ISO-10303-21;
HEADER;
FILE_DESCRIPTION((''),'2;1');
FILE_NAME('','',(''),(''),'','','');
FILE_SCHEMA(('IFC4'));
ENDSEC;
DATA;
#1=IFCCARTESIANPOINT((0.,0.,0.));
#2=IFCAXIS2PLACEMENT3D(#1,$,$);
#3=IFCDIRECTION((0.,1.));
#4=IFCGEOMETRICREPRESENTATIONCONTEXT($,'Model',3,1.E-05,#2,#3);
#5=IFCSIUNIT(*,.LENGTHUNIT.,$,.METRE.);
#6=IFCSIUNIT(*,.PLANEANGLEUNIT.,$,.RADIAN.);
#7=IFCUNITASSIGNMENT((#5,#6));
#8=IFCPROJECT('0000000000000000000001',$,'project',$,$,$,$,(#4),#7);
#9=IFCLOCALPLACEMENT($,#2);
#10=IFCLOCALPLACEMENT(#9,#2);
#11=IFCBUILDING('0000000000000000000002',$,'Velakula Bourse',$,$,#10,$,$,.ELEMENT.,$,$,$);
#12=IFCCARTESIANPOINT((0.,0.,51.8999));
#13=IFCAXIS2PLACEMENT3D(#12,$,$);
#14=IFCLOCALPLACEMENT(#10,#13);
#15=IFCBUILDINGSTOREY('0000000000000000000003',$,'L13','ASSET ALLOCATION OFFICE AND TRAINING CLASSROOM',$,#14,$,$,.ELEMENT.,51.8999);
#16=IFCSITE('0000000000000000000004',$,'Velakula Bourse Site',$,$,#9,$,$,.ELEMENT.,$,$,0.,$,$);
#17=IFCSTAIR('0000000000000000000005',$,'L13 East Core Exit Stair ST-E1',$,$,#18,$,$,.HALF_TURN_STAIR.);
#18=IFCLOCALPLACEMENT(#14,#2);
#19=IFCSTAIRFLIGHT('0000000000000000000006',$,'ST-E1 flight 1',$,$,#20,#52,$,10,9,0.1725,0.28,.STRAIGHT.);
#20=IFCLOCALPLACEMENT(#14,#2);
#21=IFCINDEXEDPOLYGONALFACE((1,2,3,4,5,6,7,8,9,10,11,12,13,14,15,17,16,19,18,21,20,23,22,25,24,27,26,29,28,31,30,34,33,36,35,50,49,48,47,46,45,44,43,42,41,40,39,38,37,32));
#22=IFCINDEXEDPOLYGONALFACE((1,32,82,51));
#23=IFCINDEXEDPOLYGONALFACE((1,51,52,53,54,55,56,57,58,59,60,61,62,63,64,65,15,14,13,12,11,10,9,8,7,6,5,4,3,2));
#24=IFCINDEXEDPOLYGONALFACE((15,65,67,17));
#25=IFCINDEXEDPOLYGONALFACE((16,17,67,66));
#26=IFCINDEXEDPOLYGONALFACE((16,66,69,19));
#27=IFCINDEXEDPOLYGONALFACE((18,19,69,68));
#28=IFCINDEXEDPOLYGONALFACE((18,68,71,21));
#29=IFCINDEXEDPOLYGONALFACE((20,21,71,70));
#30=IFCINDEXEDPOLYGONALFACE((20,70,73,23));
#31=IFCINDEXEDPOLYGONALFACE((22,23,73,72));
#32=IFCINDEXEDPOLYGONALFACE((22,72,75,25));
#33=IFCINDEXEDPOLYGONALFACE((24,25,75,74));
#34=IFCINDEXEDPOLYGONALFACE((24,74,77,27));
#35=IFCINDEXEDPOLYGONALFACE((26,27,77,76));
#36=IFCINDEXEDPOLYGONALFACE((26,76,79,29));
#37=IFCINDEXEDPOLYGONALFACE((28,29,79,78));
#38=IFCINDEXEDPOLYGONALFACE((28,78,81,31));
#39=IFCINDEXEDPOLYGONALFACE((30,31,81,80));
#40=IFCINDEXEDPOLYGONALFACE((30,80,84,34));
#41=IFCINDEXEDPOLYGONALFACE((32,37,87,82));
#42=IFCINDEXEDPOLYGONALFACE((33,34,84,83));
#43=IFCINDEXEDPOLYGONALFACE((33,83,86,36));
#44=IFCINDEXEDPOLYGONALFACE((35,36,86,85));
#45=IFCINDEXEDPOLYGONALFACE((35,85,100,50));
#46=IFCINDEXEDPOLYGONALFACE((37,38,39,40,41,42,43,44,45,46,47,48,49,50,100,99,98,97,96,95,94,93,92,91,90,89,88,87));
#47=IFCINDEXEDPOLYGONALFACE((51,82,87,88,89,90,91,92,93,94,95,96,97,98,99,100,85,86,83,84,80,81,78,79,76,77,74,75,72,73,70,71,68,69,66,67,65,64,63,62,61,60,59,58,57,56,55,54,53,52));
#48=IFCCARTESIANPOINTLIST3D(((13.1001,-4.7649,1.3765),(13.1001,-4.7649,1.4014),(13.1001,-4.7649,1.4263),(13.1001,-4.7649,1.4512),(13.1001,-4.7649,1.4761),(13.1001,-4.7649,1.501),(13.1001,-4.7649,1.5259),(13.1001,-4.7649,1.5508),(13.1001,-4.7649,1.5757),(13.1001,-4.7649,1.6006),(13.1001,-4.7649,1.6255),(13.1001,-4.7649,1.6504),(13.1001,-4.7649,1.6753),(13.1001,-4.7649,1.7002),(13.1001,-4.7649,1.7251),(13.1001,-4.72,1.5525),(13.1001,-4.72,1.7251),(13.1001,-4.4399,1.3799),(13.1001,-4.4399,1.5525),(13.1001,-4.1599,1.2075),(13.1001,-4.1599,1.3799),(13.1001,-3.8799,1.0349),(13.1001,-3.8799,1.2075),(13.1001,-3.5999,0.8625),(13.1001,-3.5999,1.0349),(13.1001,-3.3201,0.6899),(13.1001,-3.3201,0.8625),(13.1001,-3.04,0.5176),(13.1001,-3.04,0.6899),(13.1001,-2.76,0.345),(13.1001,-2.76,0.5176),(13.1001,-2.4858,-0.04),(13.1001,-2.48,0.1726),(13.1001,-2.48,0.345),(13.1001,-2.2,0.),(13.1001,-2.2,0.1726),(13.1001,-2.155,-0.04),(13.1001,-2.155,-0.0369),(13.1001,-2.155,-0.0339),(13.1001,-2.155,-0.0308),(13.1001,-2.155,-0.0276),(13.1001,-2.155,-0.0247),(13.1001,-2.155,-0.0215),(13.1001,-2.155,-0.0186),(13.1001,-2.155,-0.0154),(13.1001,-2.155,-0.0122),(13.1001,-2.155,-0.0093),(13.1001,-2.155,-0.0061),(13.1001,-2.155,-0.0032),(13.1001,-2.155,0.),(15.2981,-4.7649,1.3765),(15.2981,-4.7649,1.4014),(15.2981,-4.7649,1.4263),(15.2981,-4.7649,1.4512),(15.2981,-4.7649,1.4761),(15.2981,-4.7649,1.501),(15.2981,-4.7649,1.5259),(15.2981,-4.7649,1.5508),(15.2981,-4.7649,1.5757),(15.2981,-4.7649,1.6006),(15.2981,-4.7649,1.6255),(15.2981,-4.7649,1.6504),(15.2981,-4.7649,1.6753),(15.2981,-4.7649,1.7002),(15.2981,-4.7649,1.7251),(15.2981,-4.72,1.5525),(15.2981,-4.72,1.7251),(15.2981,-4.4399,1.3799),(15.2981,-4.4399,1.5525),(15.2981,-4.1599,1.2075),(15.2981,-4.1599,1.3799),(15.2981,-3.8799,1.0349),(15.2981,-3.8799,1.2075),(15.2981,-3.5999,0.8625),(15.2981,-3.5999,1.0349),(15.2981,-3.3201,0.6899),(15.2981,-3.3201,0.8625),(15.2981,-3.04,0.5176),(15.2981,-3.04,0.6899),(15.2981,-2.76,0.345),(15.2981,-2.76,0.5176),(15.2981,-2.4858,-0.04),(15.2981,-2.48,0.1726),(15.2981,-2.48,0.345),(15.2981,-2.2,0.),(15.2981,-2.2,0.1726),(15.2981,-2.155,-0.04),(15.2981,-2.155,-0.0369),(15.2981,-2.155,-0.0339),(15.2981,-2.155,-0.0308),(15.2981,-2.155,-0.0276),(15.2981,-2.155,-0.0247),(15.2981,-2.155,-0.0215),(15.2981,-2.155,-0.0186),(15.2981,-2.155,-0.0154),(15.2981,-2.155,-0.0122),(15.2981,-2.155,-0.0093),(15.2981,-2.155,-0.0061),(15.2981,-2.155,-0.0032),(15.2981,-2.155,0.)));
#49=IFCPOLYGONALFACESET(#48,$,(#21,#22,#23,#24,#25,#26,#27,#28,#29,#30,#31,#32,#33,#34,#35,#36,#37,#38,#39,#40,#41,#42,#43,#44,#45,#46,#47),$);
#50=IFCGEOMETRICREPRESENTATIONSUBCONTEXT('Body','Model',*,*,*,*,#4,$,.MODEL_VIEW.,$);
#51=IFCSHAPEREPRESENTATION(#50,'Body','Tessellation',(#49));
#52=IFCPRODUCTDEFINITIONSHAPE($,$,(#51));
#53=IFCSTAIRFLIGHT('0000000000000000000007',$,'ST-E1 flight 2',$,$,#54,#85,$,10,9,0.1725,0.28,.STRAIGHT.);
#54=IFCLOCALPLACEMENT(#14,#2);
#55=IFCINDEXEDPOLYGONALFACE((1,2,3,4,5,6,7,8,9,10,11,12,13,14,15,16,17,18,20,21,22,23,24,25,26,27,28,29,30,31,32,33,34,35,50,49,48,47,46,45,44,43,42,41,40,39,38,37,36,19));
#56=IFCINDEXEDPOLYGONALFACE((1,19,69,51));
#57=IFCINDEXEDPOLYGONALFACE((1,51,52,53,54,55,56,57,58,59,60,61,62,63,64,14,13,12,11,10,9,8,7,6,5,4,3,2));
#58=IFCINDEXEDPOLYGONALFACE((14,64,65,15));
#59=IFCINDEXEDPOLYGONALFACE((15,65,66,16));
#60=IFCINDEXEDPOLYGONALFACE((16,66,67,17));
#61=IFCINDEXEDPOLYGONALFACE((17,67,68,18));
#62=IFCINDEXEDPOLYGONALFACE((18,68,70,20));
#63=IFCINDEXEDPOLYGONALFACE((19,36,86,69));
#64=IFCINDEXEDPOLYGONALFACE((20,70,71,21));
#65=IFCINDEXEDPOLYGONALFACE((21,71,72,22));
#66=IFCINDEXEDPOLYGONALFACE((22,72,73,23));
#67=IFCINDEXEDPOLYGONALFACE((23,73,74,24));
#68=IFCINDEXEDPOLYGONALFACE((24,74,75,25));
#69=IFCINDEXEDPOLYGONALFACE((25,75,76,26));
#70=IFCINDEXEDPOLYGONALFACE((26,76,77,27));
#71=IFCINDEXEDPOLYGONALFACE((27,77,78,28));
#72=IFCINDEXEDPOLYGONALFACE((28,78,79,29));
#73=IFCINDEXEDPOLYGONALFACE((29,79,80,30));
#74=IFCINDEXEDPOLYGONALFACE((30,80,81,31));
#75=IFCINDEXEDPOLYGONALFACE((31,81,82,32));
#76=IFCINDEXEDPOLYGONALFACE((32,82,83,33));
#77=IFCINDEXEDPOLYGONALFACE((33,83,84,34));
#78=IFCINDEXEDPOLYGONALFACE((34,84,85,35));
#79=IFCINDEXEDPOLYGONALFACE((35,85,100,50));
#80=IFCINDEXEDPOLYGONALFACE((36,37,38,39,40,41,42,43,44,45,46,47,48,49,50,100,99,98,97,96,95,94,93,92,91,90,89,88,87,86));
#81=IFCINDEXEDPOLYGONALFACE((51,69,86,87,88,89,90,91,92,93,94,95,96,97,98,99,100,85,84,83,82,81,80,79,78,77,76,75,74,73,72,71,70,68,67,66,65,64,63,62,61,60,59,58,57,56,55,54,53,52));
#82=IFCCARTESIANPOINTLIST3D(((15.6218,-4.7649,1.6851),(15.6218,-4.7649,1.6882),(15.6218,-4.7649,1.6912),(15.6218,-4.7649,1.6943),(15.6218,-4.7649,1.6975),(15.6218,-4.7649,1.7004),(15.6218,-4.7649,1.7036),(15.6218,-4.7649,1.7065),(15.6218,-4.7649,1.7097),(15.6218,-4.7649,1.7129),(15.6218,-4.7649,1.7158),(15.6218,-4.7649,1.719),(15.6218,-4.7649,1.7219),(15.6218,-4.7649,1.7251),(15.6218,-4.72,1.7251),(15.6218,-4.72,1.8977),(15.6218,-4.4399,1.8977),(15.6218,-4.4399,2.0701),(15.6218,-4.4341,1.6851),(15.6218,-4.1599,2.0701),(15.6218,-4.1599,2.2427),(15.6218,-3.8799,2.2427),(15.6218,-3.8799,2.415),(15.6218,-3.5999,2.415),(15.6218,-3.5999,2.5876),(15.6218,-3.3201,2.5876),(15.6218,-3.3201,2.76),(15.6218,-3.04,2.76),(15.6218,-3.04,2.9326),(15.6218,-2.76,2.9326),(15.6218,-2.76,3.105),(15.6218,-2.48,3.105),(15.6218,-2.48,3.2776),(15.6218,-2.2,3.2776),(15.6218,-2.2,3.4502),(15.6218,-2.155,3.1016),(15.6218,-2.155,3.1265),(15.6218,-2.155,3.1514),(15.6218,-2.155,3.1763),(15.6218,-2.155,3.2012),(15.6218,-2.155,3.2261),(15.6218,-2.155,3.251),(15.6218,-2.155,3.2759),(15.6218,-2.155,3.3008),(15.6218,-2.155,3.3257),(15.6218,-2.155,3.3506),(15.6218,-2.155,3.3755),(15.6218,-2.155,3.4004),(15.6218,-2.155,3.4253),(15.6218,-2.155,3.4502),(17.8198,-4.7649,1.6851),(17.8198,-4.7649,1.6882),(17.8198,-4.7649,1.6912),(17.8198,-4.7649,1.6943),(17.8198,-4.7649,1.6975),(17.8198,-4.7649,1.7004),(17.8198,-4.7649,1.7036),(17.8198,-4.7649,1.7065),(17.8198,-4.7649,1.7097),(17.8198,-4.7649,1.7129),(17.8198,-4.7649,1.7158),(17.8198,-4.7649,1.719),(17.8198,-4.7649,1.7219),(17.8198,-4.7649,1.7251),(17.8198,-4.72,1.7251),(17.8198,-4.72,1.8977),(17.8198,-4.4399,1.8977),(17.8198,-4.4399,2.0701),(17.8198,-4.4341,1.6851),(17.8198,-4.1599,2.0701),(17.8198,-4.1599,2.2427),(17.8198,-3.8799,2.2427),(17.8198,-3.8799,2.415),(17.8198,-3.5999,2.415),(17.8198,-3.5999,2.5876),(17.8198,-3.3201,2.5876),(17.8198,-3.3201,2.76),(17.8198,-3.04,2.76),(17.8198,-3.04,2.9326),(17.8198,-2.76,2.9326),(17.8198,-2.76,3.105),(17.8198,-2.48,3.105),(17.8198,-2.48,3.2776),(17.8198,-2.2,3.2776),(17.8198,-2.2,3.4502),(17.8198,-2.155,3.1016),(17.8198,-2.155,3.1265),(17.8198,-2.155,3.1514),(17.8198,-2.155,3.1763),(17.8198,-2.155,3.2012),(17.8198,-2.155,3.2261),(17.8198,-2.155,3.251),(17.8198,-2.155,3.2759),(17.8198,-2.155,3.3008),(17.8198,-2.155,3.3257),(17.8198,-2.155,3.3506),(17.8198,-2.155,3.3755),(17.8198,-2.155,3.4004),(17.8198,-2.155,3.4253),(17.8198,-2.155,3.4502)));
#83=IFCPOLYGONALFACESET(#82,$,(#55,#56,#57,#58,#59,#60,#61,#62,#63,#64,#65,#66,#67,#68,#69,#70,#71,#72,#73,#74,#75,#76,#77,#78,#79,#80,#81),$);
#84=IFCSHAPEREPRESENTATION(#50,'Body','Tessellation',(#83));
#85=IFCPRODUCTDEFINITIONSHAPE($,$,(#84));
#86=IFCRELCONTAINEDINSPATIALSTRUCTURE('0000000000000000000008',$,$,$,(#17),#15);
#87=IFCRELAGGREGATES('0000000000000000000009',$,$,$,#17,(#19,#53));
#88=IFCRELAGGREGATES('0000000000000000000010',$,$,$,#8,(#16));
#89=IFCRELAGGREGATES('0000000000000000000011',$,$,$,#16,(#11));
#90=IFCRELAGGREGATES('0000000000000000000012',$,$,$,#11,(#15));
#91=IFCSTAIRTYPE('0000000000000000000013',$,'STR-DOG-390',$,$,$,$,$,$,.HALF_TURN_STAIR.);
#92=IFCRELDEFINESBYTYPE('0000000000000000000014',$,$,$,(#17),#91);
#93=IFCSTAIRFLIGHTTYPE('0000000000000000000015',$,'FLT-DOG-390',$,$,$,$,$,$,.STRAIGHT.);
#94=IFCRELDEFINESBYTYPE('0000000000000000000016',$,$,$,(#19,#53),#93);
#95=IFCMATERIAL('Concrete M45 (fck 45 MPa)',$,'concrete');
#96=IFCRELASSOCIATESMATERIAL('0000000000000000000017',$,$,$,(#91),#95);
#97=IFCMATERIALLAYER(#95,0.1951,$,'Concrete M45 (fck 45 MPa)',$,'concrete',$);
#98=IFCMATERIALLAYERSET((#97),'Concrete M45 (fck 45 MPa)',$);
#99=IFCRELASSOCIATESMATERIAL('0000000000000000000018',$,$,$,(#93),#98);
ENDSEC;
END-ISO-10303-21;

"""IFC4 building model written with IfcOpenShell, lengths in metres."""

from ifc_helpers import new_model, si_unit, direction, frame, origin, place, context, subcontext, project, spatial, polyline, outline, extrude, material, layer, layer_set, type_object, element, aggregate, save


model = new_model("IFC4")

# Units and contexts
model_context = context("Model", 3, precision=1e-05, world=origin(), true_north=direction((0.0, 1.0)))
body_context = subcontext(model_context, "Body", "Model", "MODEL_VIEW")
ifc_project = project(units=[si_unit("LENGTHUNIT", "METRE"), si_unit("PLANEANGLEUNIT", "RADIAN")], contexts=[model_context])

# Site, building, storey
site_placement = place(None, origin())
site = spatial("IfcSite", under=ifc_project, at=site_placement, Name="Velakula Bourse Site", CompositionType="ELEMENT", RefElevation=0.0)
building_placement = place(site_placement, origin())
building = spatial("IfcBuilding", under=site, at=building_placement, Name="Velakula Bourse", CompositionType="ELEMENT")
storey_placement = place(building_placement, frame((0.0, 0.0, 51.8999)))
storey = spatial("IfcBuildingStorey", under=building, at=storey_placement, Name="L13", Description="ASSET ALLOCATION OFFICE AND TRAINING CLASSROOM", CompositionType="ELEMENT", Elevation=51.8999)

# Stair, stair flights
ifc_material_1 = material(Name="Concrete M45 (fck 45 MPa)", Category="concrete")
stair_type = type_object("IfcStairType", Name="STR-DOG-390", PredefinedType="HALF_TURN_STAIR", material=ifc_material_1)
stair_placement = place(storey_placement, origin())
stair = element("IfcStair", 1, at=stair_placement, inside=storey, type_object=stair_type, Name="L13 East Core Exit Stair ST-E1", PredefinedType="HALF_TURN_STAIR")
ifc_layer_1 = layer(ifc_material_1, 0.1951, Name="Concrete M45 (fck 45 MPa)", Category="concrete")
ifc_layer_set_1 = layer_set([ifc_layer_1], Name="Concrete M45 (fck 45 MPa)")
stair_flight_type = type_object("IfcStairFlightType", Name="FLT-DOG-390", PredefinedType="STRAIGHT", material=ifc_layer_set_1)
stair_flight_1_placement = place(storey_placement, frame((14.199, -2.2, 0.0), z_axis=(0.0, 0.0, 1.0), x_axis=(0.0, -1.0, 0.0)))
stair_flight_1 = element("IfcStairFlight", 2, at=stair_flight_1_placement, type_object=stair_flight_type, Name="ST-E1 flight 1", NumberOfRisers=10, NumberOfTreads=9, PredefinedType="STRAIGHT", RiserHeight=0.1725, TreadLength=0.28, context=body_context, shape_type="SweptSolid", body=[
    extrude(outline(polyline([(-0.0449, -0.04), (-0.0449, -0.0369), (-0.0449, -0.0339), (-0.0449, -0.0308), (-0.0449, -0.0276), (-0.0449, -0.0247), (-0.0449, -0.0215), (-0.0449, -0.0186), (-0.0449, -0.0154), (-0.0449, -0.0122), (-0.0449, -0.0093), (-0.0449, -0.0061), (-0.0449, -0.0032), (-0.0449, 0.0), (0.0, 0.0), (0.0, 0.1726), (0.28, 0.1726), (0.28, 0.345), (0.5601, 0.345), (0.5601, 0.5176), (0.8401, 0.5176), (0.8401, 0.6899), (1.1201, 0.6899), (1.1201, 0.8625), (1.3999, 0.8625), (1.3999, 1.0349), (1.6799, 1.0349), (1.6799, 1.2075), (1.96, 1.2075), (1.96, 1.3799), (2.24, 1.3799), (2.24, 1.5525), (2.52, 1.5525), (2.52, 1.7251), (2.5649, 1.7251), (2.5649, 1.7002), (2.5649, 1.6753), (2.5649, 1.6504), (2.5649, 1.6255), (2.5649, 1.6006), (2.5649, 1.5757), (2.5649, 1.5508), (2.5649, 1.5259), (2.5649, 1.501), (2.5649, 1.4761), (2.5649, 1.4512), (2.5649, 1.4263), (2.5649, 1.4014), (2.5649, 1.3765), (0.2859, -0.04), (-0.0449, -0.04)])), frame((0.0, 1.0991, 0.0), z_axis=(0.0, -1.0, 0.0), x_axis=(1.0, 0.0, 0.0)), (0.0, 0.0, 1.0), 2.198),
])
stair_flight_2_placement = place(storey_placement, frame((16.7209, -4.72, 1.7251), z_axis=(0.0, 0.0, 1.0), x_axis=(0.0, 1.0, 0.0)))
stair_flight_2 = element("IfcStairFlight", 3, at=stair_flight_2_placement, type_object=stair_flight_type, Name="ST-E1 flight 2", NumberOfRisers=10, NumberOfTreads=9, PredefinedType="STRAIGHT", RiserHeight=0.1725, TreadLength=0.28, context=body_context, shape_type="SweptSolid", body=[
    extrude(outline(polyline([(-0.0449, -0.04), (-0.0449, -0.0369), (-0.0449, -0.0339), (-0.0449, -0.0308), (-0.0449, -0.0276), (-0.0449, -0.0247), (-0.0449, -0.0215), (-0.0449, -0.0186), (-0.0449, -0.0154), (-0.0449, -0.0122), (-0.0449, -0.0093), (-0.0449, -0.0061), (-0.0449, -0.0032), (-0.0449, 0.0), (0.0, 0.0), (0.0, 0.1726), (0.28, 0.1726), (0.28, 0.345), (0.5601, 0.345), (0.5601, 0.5176), (0.8401, 0.5176), (0.8401, 0.6899), (1.1201, 0.6899), (1.1201, 0.8625), (1.3999, 0.8625), (1.3999, 1.0349), (1.6799, 1.0349), (1.6799, 1.2075), (1.96, 1.2075), (1.96, 1.3799), (2.24, 1.3799), (2.24, 1.5525), (2.52, 1.5525), (2.52, 1.7251), (2.5649, 1.7251), (2.5649, 1.7002), (2.5649, 1.6753), (2.5649, 1.6504), (2.5649, 1.6255), (2.5649, 1.6006), (2.5649, 1.5757), (2.5649, 1.5508), (2.5649, 1.5259), (2.5649, 1.501), (2.5649, 1.4761), (2.5649, 1.4512), (2.5649, 1.4263), (2.5649, 1.4014), (2.5649, 1.3765), (0.2859, -0.04), (-0.0449, -0.04)])), frame((0.0, 1.0991, 0.0), z_axis=(0.0, -1.0, 0.0), x_axis=(1.0, 0.0, 0.0)), (0.0, 0.0, 1.0), 2.198),
])
aggregate(stair, [stair_flight_1, stair_flight_2])

save(model, "model.ifc")
